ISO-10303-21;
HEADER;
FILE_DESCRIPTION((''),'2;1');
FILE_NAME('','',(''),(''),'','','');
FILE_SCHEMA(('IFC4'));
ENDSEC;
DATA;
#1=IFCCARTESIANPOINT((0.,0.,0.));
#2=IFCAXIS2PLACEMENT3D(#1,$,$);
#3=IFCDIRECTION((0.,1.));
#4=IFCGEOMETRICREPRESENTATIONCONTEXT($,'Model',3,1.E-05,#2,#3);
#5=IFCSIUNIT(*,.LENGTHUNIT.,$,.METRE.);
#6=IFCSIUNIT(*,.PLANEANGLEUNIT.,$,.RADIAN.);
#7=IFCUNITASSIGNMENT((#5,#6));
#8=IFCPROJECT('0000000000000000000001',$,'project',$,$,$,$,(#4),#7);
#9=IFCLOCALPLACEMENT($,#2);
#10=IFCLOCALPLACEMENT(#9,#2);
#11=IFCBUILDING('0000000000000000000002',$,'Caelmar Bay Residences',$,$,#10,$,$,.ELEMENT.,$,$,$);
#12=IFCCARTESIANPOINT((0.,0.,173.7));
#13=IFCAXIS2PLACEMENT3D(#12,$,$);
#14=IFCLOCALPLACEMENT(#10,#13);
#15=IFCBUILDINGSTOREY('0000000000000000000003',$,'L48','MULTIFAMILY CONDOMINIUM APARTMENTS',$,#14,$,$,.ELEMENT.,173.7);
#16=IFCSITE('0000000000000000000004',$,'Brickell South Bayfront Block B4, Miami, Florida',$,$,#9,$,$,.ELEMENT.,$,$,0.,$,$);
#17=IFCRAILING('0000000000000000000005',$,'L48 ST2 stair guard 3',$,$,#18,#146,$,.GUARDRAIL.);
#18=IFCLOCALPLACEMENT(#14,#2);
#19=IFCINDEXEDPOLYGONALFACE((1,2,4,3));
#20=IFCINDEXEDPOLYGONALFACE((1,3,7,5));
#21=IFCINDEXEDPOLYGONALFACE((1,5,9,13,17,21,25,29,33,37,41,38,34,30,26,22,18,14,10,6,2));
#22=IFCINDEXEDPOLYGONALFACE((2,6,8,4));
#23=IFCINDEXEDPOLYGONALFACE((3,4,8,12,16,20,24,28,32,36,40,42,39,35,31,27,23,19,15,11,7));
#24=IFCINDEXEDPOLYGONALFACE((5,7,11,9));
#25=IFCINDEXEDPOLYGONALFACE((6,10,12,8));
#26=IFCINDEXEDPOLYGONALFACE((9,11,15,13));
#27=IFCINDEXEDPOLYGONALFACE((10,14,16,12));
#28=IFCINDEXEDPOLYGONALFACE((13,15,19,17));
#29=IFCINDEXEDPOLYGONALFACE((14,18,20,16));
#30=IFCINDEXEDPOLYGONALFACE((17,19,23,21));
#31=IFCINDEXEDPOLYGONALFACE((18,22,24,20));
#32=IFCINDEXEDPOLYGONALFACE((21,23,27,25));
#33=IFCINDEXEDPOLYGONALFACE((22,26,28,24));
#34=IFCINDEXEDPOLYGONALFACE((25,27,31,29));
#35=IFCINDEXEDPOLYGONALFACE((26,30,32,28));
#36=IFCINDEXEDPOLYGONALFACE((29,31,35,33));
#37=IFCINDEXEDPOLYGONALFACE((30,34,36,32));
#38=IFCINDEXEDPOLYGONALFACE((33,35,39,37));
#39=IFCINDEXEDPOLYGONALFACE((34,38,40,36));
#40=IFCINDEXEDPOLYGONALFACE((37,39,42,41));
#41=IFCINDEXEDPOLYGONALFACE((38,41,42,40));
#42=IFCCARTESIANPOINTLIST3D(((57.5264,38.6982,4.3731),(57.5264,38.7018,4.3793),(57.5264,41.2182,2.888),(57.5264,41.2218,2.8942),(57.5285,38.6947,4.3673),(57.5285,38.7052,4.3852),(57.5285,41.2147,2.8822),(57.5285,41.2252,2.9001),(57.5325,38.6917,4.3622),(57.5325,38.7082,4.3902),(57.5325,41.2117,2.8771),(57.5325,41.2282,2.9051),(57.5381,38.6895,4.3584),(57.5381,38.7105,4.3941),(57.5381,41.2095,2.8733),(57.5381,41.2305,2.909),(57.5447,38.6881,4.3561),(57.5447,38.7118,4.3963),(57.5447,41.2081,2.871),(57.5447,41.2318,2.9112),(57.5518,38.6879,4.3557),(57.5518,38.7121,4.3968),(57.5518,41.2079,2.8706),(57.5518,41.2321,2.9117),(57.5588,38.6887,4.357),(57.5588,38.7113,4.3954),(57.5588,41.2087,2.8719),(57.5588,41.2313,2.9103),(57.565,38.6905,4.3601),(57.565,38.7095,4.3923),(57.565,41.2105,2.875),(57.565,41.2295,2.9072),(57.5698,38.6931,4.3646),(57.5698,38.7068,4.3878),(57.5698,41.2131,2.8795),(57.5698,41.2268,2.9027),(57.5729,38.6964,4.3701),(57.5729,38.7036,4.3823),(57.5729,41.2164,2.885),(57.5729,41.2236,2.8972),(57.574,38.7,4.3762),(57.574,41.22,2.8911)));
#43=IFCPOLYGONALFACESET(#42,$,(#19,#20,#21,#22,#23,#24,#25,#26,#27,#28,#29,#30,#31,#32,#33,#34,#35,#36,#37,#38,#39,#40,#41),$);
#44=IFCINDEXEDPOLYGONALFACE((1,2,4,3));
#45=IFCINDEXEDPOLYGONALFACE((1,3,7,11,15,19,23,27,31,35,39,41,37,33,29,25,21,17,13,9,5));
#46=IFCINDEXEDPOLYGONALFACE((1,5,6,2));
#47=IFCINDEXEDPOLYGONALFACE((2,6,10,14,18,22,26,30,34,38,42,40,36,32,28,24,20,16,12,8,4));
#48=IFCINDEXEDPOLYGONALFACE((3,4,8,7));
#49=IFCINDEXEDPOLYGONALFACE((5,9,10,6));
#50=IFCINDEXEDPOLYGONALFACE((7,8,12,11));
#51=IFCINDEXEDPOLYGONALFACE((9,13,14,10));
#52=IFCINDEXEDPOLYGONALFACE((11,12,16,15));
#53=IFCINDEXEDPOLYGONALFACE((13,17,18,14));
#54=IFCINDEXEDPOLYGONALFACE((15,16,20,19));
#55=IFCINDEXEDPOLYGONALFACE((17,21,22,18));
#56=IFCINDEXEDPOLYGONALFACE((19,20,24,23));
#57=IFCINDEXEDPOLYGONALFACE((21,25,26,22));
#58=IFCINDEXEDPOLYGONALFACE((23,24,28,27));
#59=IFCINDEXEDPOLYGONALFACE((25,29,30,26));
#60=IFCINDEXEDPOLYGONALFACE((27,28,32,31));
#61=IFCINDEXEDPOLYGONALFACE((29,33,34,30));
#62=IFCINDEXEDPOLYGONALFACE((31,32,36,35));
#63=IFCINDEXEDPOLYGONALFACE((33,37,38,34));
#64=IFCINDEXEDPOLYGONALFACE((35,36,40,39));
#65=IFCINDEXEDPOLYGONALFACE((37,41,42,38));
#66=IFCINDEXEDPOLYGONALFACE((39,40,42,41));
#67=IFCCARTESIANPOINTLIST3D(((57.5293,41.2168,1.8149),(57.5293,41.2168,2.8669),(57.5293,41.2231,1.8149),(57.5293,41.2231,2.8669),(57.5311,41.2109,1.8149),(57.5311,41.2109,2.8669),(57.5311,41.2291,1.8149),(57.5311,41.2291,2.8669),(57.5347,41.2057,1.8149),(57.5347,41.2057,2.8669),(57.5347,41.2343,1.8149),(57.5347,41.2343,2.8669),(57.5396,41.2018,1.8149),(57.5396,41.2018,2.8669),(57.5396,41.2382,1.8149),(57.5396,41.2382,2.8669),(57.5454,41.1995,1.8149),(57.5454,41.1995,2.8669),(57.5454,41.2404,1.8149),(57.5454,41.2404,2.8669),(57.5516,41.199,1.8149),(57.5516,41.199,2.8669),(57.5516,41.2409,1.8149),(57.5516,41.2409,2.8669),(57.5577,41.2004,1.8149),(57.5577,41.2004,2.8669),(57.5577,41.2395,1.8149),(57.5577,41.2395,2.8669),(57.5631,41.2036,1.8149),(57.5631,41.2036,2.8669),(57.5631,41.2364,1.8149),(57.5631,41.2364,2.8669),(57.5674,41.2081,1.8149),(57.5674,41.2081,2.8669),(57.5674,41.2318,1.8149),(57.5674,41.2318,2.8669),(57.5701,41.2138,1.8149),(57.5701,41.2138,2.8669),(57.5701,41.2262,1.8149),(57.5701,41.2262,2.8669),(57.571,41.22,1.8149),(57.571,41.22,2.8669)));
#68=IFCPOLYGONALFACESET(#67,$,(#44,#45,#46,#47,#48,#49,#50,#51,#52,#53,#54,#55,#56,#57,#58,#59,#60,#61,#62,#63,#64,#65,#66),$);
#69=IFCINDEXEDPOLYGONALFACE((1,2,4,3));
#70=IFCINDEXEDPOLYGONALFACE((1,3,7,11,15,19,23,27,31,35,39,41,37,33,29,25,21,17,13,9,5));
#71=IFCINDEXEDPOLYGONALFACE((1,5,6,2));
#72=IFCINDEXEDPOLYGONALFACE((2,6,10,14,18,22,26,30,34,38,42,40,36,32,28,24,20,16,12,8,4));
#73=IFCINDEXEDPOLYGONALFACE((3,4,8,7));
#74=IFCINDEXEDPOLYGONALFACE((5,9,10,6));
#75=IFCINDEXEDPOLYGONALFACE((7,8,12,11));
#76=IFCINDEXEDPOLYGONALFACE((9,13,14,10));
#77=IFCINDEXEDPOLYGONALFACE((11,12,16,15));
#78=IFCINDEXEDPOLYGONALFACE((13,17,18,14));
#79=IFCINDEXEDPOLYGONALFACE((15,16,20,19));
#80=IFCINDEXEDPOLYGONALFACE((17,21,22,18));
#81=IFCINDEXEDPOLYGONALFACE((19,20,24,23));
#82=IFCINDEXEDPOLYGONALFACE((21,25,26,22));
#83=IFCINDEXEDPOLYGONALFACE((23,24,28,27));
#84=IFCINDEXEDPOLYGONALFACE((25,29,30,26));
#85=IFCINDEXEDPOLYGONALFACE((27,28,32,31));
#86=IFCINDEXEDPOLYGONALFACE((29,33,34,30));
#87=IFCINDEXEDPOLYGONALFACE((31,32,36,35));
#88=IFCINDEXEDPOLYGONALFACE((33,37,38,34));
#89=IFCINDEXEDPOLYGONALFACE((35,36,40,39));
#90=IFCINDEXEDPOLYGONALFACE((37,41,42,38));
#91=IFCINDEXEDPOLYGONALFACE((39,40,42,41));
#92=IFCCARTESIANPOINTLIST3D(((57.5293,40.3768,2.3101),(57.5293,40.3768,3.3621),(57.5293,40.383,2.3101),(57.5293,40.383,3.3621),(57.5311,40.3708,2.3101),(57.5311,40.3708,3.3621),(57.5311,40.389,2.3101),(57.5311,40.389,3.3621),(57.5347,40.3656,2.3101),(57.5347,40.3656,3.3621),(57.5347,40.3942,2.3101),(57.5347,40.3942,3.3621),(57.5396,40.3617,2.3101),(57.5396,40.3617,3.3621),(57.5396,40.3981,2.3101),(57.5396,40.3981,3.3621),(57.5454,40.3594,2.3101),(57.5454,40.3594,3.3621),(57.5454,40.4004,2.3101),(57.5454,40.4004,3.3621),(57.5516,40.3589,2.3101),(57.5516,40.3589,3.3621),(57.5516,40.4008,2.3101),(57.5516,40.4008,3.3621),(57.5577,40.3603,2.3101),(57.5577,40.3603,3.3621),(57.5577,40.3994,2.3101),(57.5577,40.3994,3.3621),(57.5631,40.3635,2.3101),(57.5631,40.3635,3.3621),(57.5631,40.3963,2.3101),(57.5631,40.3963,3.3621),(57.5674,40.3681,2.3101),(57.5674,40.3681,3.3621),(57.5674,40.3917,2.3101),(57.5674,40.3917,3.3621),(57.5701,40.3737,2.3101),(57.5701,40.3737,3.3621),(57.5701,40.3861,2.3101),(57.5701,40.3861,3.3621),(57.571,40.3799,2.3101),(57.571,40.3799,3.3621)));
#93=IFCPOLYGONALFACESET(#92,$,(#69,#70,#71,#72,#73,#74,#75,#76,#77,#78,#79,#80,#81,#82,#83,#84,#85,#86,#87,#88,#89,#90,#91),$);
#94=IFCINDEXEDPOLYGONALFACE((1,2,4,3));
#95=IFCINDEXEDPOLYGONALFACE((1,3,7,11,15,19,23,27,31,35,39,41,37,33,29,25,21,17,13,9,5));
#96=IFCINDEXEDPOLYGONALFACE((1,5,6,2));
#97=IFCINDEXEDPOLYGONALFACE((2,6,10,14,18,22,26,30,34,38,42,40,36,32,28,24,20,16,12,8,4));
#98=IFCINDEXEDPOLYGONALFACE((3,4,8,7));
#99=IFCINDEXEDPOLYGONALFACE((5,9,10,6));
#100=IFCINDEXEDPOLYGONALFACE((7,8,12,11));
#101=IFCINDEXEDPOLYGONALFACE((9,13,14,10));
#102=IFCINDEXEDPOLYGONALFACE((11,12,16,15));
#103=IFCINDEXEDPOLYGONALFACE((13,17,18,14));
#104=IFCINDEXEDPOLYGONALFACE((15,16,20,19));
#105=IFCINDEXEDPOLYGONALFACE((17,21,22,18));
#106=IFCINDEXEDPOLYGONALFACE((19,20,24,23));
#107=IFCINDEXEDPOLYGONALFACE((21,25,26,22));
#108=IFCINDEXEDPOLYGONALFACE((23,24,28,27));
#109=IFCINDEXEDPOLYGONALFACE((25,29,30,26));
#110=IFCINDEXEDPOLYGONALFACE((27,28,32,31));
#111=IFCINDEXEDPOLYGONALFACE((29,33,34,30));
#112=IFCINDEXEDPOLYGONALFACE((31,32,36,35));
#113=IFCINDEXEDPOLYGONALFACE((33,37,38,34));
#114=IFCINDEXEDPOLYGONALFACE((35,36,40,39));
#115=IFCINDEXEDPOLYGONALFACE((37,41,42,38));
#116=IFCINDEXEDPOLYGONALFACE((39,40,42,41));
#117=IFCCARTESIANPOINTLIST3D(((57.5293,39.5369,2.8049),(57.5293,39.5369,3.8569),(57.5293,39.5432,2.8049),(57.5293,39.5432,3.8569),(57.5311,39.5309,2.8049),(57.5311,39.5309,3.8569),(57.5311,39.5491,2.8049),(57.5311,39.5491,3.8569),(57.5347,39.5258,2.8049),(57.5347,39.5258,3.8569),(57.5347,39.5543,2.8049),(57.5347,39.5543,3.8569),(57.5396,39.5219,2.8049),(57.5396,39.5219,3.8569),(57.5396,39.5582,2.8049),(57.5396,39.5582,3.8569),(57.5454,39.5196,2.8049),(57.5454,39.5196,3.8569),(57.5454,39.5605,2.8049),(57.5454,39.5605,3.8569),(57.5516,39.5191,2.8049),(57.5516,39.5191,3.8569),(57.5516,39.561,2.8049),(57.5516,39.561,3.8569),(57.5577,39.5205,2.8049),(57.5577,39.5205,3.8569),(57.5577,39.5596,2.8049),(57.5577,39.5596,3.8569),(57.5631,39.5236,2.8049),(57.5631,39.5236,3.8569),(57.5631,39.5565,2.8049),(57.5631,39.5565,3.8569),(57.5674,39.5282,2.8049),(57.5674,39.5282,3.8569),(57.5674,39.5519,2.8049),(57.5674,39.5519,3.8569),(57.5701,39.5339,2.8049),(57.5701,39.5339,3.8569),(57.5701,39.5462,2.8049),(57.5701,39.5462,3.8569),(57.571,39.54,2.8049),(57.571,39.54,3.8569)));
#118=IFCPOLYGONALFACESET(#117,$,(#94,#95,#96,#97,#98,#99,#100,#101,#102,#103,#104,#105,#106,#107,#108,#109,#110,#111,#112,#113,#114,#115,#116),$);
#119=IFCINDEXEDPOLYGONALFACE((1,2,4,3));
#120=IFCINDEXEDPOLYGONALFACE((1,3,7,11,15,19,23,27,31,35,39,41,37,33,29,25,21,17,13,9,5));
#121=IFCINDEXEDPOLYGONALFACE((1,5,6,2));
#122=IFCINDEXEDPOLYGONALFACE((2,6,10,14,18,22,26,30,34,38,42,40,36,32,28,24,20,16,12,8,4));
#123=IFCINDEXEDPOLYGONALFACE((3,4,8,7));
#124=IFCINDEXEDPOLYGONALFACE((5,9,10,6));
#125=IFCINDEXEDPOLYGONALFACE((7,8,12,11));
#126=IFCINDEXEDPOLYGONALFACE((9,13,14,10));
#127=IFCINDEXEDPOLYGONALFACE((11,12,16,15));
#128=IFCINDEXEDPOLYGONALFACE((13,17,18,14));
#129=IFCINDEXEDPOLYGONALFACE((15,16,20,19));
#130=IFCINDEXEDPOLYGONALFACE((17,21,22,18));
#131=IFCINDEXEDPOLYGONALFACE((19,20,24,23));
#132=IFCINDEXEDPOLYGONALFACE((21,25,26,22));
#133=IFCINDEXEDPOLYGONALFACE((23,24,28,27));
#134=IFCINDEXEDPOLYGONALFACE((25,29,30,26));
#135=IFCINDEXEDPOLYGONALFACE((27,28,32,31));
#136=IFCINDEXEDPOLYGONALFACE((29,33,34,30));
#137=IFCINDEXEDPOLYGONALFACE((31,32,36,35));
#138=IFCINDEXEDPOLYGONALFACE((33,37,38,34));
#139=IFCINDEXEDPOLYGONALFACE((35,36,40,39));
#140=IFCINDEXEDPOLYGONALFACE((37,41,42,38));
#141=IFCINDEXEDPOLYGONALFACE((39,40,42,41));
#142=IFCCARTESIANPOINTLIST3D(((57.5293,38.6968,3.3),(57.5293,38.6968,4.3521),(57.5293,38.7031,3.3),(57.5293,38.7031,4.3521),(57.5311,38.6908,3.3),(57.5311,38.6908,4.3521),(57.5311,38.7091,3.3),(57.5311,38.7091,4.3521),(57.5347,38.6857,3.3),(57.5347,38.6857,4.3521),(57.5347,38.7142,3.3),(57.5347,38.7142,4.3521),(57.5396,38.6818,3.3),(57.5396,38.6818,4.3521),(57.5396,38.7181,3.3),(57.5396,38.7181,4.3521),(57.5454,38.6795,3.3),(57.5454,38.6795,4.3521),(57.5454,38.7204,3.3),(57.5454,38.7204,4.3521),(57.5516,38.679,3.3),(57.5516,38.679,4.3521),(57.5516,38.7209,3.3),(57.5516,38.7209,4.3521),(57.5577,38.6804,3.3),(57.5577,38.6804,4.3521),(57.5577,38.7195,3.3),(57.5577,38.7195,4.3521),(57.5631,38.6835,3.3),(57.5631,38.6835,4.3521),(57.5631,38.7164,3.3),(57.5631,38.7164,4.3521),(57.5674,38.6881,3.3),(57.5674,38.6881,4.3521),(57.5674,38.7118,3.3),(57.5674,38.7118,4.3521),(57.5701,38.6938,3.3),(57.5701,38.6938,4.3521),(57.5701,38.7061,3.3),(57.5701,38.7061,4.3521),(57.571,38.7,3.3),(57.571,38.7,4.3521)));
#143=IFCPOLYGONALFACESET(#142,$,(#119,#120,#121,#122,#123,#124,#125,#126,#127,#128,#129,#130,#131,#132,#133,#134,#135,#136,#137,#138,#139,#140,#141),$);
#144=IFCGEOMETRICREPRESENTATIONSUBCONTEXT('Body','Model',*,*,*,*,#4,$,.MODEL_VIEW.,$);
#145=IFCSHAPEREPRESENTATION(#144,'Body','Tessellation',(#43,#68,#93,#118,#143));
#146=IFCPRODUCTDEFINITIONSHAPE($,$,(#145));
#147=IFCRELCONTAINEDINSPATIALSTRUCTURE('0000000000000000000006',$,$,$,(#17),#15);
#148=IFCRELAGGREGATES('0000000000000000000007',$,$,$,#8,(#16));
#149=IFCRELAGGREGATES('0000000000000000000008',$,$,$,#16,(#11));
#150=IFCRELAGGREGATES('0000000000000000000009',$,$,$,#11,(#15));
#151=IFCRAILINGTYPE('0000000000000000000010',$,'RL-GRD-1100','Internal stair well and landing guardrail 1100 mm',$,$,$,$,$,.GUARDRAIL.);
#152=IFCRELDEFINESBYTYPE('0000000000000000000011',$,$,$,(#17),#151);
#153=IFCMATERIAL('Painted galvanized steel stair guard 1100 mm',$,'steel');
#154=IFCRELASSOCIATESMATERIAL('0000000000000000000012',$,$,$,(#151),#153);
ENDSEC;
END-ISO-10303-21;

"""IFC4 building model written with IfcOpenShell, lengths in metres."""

from ifc_helpers import new_model, si_unit, direction, frame, origin, origin_2d, place, context, subcontext, project, spatial, circle, extrude, material, type_object, element, save


model = new_model("IFC4")

# Units and contexts
model_context = context("Model", 3, precision=1e-05, world=origin(), true_north=direction((0.0, 1.0)))
body_context = subcontext(model_context, "Body", "Model", "MODEL_VIEW")
ifc_project = project(units=[si_unit("LENGTHUNIT", "METRE"), si_unit("PLANEANGLEUNIT", "RADIAN")], contexts=[model_context])

# Site, building, storey
site_placement = place(None, origin())
site = spatial("IfcSite", under=ifc_project, at=site_placement, Name="Brickell South Bayfront Block B4, Miami, Florida", CompositionType="ELEMENT", RefElevation=0.0)
building_placement = place(site_placement, origin())
building = spatial("IfcBuilding", under=site, at=building_placement, Name="Caelmar Bay Residences", CompositionType="ELEMENT")
storey_placement = place(building_placement, frame((0.0, 0.0, 173.7)))
storey = spatial("IfcBuildingStorey", under=building, at=storey_placement, Name="L48", Description="MULTIFAMILY CONDOMINIUM APARTMENTS", CompositionType="ELEMENT", Elevation=173.7)

# Railing
ifc_material_1 = material(Name="Painted galvanized steel stair guard 1100 mm", Category="steel")
railing_type_1 = type_object("IfcRailingType", Name="RL-GRD-1100", Description="Internal stair well and landing guardrail 1100 mm", PredefinedType="GUARDRAIL", material=ifc_material_1)
railing_1_placement = place(storey_placement, frame((57.55, 41.22, 1.8149)))
element("IfcRailing", 1, at=railing_1_placement, inside=storey, type_object=railing_type_1, Name="L48 ST2 stair guard 3", PredefinedType="GUARDRAIL", context=body_context, shape_type="SweptSolid", body=[
    extrude(circle(Radius=0.0239, at=origin_2d()), frame((0.0, 0.0, 1.0762), z_axis=(0.0, -0.861524, 0.507717), x_axis=(1.0, 0.0, 0.0)), (0.0, 0.0, 1.0), 2.925),
    extrude(circle(Radius=0.021, at=origin_2d()), origin(), (0.0, 0.0, 1.0), 1.052),
    extrude(circle(Radius=0.021, at=origin_2d()), frame((0.0, -0.8401, 0.4951)), (0.0, 0.0, 1.0), 1.052),
    extrude(circle(Radius=0.021, at=origin_2d()), frame((0.0, -1.6799, 0.99)), (0.0, 0.0, 1.0), 1.052),
    extrude(circle(Radius=0.021, at=origin_2d()), frame((0.0, -2.52, 1.4851)), (0.0, 0.0, 1.0), 1.052),
])

save(model, "model.ifc")
